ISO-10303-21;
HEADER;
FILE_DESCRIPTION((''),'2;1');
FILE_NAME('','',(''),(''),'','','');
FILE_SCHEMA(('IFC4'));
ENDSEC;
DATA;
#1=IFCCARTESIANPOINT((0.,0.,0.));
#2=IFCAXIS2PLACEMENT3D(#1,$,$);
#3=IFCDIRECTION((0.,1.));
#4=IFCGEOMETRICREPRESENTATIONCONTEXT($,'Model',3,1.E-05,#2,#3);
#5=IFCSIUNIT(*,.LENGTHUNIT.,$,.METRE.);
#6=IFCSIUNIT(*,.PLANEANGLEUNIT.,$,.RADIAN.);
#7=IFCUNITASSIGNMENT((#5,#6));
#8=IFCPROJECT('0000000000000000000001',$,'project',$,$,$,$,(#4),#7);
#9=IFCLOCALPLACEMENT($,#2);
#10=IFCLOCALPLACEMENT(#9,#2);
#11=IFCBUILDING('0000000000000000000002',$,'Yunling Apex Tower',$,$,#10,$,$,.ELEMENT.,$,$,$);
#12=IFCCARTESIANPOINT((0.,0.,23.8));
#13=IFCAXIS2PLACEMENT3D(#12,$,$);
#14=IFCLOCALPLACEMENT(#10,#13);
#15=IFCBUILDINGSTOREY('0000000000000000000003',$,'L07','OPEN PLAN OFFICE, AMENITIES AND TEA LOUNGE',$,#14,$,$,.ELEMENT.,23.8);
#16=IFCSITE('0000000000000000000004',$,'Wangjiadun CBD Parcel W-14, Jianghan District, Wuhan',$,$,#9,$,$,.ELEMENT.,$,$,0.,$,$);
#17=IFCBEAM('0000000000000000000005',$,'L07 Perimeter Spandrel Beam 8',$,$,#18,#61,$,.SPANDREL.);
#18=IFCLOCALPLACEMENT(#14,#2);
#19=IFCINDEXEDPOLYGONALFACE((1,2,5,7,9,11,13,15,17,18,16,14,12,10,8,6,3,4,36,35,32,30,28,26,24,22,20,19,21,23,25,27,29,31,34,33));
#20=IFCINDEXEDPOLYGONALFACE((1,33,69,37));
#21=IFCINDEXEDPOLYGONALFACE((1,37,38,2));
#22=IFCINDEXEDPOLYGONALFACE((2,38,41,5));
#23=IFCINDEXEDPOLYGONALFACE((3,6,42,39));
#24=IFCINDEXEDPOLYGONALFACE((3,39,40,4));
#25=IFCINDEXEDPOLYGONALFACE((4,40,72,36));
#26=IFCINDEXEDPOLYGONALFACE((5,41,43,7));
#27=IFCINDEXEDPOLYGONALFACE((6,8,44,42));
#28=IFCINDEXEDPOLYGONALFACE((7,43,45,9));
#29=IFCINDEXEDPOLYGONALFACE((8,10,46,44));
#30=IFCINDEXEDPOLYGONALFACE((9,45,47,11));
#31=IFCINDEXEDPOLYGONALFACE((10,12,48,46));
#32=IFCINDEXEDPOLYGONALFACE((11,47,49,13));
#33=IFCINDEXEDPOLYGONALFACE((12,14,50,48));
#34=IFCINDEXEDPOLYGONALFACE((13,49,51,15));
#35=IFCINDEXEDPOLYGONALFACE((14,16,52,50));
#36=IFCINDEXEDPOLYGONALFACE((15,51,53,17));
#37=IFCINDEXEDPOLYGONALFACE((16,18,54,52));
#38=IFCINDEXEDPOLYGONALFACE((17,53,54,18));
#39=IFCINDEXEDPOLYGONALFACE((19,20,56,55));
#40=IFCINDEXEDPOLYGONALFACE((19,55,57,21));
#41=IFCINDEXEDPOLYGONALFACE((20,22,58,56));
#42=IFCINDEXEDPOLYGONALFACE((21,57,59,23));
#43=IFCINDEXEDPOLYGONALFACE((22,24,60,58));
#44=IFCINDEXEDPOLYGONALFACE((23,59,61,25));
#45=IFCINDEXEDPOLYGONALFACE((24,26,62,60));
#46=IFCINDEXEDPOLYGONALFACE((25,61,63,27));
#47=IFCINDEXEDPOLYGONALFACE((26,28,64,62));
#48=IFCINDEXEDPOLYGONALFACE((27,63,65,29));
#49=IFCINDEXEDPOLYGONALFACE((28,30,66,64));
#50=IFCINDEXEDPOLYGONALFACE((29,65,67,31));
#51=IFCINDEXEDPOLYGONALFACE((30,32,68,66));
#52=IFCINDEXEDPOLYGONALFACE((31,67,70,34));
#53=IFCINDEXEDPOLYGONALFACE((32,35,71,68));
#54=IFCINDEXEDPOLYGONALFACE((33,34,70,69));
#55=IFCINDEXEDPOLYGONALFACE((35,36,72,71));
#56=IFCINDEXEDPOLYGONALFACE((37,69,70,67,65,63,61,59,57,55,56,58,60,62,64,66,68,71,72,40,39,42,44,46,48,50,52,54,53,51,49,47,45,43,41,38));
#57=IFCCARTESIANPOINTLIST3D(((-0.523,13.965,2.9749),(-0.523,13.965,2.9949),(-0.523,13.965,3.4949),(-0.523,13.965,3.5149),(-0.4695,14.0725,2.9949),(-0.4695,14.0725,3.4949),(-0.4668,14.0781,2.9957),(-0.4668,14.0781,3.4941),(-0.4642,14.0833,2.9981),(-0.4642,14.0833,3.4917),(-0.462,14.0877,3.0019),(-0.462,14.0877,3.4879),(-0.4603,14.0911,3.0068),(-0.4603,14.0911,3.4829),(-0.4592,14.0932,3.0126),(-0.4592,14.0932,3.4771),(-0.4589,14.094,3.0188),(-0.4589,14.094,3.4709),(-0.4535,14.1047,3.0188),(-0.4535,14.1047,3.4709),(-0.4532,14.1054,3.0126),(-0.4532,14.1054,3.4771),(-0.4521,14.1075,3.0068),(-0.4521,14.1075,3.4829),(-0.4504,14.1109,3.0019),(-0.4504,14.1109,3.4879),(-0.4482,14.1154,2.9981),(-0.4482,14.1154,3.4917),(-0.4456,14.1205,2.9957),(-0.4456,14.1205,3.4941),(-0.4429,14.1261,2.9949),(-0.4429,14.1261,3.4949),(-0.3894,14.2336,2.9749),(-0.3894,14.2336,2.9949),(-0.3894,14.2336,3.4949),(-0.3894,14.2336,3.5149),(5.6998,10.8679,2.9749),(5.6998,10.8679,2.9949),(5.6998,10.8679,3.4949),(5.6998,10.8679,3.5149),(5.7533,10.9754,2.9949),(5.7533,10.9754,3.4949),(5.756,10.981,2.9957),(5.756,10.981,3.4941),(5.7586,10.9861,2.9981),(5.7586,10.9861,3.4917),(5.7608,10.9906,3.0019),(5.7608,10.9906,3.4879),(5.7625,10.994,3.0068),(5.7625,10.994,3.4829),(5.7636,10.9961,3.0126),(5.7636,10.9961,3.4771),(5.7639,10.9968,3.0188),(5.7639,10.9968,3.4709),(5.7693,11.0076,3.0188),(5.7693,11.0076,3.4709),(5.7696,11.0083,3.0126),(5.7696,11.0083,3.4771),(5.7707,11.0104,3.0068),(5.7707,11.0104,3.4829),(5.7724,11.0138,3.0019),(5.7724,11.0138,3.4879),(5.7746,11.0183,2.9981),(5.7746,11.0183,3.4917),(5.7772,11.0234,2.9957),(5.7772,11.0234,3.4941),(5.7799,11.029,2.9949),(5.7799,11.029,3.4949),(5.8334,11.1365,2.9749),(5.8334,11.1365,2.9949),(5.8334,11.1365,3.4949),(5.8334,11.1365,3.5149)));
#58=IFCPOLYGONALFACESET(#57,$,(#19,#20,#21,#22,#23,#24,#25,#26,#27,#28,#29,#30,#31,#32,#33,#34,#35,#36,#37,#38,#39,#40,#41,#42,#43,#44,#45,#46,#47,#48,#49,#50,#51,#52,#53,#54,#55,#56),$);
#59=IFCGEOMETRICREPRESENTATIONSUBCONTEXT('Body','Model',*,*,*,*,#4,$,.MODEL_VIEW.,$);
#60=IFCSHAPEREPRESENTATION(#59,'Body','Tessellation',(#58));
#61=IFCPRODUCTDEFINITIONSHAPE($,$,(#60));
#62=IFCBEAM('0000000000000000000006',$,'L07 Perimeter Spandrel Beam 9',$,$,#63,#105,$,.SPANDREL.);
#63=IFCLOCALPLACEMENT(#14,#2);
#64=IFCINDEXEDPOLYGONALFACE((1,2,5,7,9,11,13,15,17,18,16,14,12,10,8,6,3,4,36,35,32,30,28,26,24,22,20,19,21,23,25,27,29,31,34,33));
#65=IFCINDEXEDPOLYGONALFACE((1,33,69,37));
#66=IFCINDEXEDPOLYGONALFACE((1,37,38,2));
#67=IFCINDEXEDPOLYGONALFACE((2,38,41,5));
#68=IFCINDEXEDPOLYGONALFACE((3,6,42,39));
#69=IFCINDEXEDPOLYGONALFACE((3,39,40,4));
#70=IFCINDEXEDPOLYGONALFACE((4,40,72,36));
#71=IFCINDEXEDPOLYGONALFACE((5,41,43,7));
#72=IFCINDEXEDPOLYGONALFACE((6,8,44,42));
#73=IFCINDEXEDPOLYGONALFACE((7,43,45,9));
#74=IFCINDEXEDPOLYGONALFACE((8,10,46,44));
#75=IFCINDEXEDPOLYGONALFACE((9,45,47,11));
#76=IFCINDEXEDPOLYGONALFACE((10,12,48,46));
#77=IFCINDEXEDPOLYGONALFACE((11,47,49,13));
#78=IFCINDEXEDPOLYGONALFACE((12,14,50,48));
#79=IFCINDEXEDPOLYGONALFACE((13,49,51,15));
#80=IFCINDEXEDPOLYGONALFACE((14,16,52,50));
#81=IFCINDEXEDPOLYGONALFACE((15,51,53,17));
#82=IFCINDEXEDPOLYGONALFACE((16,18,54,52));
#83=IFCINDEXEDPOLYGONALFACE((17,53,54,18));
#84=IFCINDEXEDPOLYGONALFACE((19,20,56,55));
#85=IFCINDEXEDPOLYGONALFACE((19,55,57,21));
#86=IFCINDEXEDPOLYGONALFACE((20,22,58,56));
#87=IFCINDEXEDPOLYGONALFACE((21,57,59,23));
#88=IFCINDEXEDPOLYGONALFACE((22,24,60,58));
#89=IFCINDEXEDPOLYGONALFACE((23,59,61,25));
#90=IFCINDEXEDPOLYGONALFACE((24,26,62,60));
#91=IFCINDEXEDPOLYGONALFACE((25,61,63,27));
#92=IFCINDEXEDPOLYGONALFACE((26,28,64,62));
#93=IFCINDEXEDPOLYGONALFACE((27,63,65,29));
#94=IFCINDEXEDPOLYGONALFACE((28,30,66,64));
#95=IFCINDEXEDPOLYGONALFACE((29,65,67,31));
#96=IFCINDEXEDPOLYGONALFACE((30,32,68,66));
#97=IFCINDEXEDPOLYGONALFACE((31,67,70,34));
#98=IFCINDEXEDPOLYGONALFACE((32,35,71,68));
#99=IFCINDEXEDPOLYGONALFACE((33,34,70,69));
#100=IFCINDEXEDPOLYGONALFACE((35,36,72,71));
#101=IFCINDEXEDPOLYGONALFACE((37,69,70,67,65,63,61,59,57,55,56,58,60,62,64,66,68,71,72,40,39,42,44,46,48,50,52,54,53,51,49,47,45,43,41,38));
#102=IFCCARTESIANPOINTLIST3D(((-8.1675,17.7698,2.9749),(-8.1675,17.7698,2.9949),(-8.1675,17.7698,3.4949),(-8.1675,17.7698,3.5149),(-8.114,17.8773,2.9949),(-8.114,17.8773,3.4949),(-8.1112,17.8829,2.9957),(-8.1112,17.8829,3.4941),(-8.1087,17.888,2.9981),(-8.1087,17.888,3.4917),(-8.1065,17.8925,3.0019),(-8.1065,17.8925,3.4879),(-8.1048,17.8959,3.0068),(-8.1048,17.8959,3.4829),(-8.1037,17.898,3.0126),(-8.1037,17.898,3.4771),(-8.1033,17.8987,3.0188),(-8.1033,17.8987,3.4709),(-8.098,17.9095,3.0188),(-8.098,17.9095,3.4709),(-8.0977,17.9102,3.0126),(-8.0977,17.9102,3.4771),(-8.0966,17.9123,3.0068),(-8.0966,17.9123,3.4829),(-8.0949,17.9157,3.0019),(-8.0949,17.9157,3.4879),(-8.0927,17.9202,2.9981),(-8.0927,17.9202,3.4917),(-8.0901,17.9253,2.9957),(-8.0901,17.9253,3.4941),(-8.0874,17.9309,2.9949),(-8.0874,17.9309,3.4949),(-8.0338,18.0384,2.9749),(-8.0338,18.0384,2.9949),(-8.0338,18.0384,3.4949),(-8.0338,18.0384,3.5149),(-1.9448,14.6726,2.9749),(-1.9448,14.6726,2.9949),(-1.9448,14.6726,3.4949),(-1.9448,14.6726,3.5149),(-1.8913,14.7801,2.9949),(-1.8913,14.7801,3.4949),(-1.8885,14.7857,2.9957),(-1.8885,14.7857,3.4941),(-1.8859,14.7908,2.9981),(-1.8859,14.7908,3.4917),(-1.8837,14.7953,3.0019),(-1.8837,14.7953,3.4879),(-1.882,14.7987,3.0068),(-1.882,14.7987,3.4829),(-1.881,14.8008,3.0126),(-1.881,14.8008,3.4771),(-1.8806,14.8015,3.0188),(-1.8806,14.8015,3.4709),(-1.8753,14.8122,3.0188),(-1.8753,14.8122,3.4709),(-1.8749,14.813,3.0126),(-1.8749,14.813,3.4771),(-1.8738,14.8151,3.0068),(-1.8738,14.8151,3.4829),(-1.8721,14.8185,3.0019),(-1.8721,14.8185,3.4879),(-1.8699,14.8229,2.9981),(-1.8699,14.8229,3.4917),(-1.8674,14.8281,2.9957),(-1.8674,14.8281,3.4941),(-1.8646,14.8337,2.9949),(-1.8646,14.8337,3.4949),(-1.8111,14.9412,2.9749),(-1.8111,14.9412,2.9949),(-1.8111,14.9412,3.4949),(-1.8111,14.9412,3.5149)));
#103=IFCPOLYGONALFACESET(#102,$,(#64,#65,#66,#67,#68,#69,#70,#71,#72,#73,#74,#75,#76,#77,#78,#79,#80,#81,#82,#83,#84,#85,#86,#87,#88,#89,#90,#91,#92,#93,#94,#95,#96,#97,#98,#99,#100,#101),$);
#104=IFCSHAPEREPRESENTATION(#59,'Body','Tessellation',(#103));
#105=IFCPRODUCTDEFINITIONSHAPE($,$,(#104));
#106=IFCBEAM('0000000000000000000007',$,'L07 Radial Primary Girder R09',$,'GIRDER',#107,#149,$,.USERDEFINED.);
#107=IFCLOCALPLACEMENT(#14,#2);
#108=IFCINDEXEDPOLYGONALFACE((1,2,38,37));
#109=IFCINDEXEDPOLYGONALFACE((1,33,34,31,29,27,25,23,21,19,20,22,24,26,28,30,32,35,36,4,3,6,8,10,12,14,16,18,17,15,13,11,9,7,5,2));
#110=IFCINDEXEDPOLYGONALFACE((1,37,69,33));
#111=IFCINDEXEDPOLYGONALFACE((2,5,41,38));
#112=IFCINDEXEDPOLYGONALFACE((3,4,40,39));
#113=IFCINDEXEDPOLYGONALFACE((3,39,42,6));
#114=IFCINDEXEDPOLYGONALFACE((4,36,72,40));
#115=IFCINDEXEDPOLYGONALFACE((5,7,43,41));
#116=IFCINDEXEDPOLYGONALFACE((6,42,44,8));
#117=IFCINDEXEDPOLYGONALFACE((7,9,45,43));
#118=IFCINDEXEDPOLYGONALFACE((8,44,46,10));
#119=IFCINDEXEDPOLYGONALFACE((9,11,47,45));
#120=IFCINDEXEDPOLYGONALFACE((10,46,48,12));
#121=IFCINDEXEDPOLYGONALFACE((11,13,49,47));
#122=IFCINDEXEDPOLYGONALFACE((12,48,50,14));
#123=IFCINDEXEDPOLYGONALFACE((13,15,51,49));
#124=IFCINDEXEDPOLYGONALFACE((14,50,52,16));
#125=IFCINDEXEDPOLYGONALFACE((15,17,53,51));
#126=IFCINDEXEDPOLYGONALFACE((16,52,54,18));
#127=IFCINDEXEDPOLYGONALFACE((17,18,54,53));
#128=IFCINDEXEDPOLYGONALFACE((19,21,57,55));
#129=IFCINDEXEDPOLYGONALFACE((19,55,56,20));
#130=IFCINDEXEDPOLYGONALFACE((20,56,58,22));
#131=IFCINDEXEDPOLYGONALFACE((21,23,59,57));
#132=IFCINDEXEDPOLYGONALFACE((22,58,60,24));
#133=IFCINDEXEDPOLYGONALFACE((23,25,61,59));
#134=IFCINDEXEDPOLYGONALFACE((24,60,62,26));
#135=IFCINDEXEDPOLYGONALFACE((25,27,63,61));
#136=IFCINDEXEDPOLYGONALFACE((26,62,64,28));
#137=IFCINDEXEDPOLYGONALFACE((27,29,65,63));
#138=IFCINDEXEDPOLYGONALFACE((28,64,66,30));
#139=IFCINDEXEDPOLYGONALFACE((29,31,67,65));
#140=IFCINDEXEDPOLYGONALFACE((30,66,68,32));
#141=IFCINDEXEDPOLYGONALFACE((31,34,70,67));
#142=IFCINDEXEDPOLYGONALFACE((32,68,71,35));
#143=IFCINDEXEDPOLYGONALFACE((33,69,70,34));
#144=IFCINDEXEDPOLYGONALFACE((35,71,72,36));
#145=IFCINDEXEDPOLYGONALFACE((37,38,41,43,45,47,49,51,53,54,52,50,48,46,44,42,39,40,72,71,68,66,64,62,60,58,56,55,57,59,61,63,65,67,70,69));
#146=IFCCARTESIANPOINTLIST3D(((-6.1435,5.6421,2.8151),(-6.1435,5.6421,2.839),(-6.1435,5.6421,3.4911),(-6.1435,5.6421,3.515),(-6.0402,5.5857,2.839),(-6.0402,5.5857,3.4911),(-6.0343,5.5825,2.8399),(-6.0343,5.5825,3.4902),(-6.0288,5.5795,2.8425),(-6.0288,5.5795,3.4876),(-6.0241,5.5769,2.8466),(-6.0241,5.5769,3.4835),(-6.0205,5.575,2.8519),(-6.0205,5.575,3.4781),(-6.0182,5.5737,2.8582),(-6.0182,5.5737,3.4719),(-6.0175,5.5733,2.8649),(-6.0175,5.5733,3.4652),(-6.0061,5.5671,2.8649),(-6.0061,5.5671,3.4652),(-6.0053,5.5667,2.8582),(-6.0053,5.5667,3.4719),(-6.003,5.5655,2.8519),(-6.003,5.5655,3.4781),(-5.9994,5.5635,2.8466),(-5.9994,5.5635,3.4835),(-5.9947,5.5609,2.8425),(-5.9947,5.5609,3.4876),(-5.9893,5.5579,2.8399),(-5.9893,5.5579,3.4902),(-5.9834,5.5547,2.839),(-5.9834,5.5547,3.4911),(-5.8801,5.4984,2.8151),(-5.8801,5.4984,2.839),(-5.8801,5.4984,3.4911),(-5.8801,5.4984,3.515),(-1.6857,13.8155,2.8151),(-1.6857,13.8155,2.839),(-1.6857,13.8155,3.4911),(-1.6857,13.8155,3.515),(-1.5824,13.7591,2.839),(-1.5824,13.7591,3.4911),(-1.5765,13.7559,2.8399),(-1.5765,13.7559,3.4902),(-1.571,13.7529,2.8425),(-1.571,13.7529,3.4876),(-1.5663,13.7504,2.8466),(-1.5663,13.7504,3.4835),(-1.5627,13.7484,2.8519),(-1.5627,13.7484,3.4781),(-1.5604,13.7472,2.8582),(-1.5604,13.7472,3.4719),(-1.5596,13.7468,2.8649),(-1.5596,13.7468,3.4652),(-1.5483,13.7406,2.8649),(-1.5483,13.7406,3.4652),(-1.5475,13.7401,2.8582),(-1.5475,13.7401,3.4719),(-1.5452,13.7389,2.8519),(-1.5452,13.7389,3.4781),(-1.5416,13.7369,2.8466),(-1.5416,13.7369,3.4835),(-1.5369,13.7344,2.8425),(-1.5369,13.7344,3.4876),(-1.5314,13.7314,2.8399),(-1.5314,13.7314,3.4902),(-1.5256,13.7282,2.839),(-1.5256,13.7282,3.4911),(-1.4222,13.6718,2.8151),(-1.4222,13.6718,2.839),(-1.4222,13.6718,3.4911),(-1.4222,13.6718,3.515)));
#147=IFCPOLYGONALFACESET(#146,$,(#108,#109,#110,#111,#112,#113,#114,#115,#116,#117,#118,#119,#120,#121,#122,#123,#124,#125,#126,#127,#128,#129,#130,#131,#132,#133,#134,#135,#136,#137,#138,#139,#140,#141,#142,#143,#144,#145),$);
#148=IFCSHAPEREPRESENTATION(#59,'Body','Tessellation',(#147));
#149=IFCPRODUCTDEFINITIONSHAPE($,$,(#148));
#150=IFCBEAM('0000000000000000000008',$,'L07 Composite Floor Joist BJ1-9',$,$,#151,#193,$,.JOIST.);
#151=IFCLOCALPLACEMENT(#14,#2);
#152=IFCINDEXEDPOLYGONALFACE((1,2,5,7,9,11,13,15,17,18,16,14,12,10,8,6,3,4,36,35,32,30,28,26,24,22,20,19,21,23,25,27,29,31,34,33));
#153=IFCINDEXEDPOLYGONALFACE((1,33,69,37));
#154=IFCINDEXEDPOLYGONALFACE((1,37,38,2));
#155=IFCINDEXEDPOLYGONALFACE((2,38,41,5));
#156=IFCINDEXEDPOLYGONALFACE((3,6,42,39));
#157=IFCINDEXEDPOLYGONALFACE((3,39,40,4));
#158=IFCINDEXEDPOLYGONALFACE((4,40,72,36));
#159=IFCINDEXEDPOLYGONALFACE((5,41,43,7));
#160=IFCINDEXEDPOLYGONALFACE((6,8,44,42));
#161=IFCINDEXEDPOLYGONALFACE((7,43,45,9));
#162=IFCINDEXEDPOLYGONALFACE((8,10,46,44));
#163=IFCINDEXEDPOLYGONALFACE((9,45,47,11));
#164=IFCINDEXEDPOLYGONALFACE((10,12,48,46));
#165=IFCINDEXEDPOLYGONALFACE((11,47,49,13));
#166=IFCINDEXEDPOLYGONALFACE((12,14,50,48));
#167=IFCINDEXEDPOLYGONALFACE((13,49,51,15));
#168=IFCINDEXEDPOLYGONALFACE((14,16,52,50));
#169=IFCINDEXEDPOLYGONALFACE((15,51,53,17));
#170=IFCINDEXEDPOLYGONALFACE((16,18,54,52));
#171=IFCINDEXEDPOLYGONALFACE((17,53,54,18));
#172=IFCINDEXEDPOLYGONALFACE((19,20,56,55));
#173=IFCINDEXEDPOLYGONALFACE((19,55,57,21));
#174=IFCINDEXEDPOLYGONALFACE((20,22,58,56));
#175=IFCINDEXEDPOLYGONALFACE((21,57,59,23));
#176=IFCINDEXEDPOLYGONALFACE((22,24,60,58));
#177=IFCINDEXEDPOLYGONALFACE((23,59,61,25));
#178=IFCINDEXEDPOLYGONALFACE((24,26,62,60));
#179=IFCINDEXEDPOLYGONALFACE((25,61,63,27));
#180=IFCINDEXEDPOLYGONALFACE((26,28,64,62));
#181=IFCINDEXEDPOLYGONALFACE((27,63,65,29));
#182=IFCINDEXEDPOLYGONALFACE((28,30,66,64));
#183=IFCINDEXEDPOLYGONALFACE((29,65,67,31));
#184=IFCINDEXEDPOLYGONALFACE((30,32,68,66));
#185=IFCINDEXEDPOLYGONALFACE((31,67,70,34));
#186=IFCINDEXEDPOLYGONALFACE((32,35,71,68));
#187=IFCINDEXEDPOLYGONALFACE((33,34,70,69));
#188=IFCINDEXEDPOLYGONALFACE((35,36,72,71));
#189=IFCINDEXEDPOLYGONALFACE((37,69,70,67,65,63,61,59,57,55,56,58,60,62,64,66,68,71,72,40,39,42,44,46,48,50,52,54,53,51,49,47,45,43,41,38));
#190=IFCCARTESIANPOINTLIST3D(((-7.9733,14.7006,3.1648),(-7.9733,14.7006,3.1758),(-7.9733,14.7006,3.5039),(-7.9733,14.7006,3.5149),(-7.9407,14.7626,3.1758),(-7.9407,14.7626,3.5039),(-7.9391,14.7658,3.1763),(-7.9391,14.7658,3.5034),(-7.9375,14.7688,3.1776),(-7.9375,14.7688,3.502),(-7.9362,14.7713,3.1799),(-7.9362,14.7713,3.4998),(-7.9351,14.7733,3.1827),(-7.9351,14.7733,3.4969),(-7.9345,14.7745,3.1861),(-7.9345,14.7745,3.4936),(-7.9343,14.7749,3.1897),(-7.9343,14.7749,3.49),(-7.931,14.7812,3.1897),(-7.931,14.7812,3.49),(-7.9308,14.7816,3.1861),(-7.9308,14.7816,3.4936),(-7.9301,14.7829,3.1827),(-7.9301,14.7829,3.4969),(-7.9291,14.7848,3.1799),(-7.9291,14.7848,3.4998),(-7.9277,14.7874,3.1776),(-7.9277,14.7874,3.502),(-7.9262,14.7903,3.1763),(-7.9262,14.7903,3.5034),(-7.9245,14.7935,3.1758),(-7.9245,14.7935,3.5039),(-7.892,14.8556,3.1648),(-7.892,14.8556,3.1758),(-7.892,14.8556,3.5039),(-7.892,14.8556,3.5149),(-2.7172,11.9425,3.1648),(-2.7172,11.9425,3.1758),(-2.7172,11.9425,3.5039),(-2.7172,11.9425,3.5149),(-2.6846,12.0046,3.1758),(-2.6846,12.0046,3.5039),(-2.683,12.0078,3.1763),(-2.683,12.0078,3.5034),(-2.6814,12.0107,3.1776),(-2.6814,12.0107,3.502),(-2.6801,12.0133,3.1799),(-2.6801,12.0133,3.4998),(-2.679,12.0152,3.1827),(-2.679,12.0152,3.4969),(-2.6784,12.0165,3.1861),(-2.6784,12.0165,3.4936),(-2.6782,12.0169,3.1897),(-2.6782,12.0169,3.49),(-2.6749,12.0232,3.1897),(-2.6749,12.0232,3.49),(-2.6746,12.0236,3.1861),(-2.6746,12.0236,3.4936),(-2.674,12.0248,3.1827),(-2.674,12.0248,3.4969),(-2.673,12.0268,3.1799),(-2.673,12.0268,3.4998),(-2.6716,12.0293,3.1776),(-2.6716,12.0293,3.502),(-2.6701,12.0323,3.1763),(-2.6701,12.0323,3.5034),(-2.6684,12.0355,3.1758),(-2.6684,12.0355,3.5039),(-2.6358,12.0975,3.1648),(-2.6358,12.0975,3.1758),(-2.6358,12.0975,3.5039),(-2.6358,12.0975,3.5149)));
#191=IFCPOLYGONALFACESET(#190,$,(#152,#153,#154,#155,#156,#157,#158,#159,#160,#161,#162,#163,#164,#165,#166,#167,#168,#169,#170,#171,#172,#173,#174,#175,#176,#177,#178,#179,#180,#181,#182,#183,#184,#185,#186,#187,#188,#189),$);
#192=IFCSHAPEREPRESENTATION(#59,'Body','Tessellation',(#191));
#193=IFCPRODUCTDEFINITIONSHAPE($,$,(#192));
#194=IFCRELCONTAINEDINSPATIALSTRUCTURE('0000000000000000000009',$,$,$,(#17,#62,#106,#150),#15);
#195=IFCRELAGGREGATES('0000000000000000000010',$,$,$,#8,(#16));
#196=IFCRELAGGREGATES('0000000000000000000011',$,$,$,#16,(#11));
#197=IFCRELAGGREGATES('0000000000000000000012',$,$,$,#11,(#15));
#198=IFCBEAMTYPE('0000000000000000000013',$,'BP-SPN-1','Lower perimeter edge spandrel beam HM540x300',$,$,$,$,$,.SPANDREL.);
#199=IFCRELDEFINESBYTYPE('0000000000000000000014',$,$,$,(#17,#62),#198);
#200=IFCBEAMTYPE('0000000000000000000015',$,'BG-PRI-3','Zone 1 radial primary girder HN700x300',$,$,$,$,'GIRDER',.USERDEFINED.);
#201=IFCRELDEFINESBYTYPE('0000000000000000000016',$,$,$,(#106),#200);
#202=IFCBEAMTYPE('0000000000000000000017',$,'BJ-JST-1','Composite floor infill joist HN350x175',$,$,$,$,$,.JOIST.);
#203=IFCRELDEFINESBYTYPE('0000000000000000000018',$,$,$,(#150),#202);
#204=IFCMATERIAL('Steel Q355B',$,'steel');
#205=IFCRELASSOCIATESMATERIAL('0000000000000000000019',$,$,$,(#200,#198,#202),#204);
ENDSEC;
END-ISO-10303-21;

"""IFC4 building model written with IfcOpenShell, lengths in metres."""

from ifc_helpers import new_model, si_unit, direction, frame, origin, origin_2d, place, context, subcontext, project, spatial, i_section, extrude, source, transform, mapped, material, material_profile, profile_set, type_object, element, save


model = new_model("IFC4")

# Units and contexts
model_context = context("Model", 3, precision=1e-05, world=origin(), true_north=direction((0.0, 1.0)))
body_context = subcontext(model_context, "Body", "Model", "MODEL_VIEW")
ifc_project = project(units=[si_unit("LENGTHUNIT", "METRE"), si_unit("PLANEANGLEUNIT", "RADIAN")], contexts=[model_context])

# Site, building, storey
site_placement = place(None, origin())
site = spatial("IfcSite", under=ifc_project, at=site_placement, Name="Wangjiadun CBD Parcel W-14, Jianghan District, Wuhan", CompositionType="ELEMENT", RefElevation=0.0)
building_placement = place(site_placement, origin())
building = spatial("IfcBuilding", under=site, at=building_placement, Name="Yunling Apex Tower", CompositionType="ELEMENT")
storey_placement = place(building_placement, frame((0.0, 0.0, 23.8)))
storey = spatial("IfcBuildingStorey", under=building, at=storey_placement, Name="L07", Description="OPEN PLAN OFFICE, AMENITIES AND TEA LOUNGE", CompositionType="ELEMENT", Elevation=23.8)

# Beams
ifc_material_1 = material(Name="Steel Q355B", Category="steel")
ifc_material_profile_1 = material_profile(ifc_material_1, i_section(OverallWidth=0.3, OverallDepth=0.7, WebThickness=0.0129, FlangeThickness=0.0239, FilletRadius=0.0259, at=origin_2d()))
ifc_profile_set_1 = profile_set([ifc_material_profile_1], Name="Steel Q355B")
beam_type_1 = type_object("IfcBeamType", Name="BG-PRI-3", Description="Zone 1 radial primary girder HN700x300", ElementType="GIRDER", PredefinedType="USERDEFINED", material=ifc_profile_set_1)
ifc_material_profile_2 = material_profile(ifc_material_1, i_section(OverallWidth=0.3, OverallDepth=0.54, WebThickness=0.012, FlangeThickness=0.02, FilletRadius=0.0239, at=origin_2d()))
ifc_profile_set_2 = profile_set([ifc_material_profile_2], Name="Steel Q355B")
beam_type_2 = type_object("IfcBeamType", Name="BP-SPN-1", Description="Lower perimeter edge spandrel beam HM540x300", PredefinedType="SPANDREL", material=ifc_profile_set_2)
shared_shape_1 = source(origin(), body_context, "Body", "SweptSolid", [
    extrude(i_section(OverallWidth=0.3, OverallDepth=0.54, WebThickness=0.012, FlangeThickness=0.02, FilletRadius=0.0239, at=origin_2d()), origin(), (0.0, 0.0, 1.0), 6.9509),
])
for number, where, z_axis, x_axis, name in (
    (1, (5.7666, 11.0022, 3.2449), (-0.895248, 0.445569, 0.0), (-0.445569, -0.895248, 0.0), "L07 Perimeter Spandrel Beam 8"),
    (2, (-1.8779, 14.8069, 3.2449), (-0.895241, 0.445583, 0.0), (-0.445583, -0.895241, 0.0), "L07 Perimeter Spandrel Beam 9"),
):
    element("IfcBeam", number, at=place(storey_placement, frame(where, z_axis=z_axis, x_axis=x_axis)), inside=storey, type_object=beam_type_2, Name=name, PredefinedType="SPANDREL", context=body_context, shape_type="MappedRepresentation", body=[
        mapped(shared_shape_1, transform((0.0, 0.0, 0.0), scale=1.0)),
    ])
shared_shape_2 = source(origin(), body_context, "Body", "SweptSolid", [
    extrude(i_section(OverallWidth=0.3, OverallDepth=0.7, WebThickness=0.0129, FlangeThickness=0.0239, FilletRadius=0.0259, at=origin_2d()), origin(), (0.0, 0.0, 1.0), 9.3101),
])
beam_1_placement = place(storey_placement, frame((-1.554, 13.7437, 3.165), z_axis=(-0.478817, -0.877915, 0.0), x_axis=(0.877915, -0.478817, 0.0)))
element("IfcBeam", 3, at=beam_1_placement, inside=storey, type_object=beam_type_1, Name="L07 Radial Primary Girder R09", ObjectType="GIRDER", PredefinedType="USERDEFINED", context=body_context, shape_type="MappedRepresentation", body=[
    mapped(shared_shape_2, transform((0.0, 0.0, 0.0), scale=1.0)),
])
ifc_material_profile_3 = material_profile(ifc_material_1, i_section(OverallWidth=0.175, OverallDepth=0.3501, WebThickness=0.0071, FlangeThickness=0.011, FilletRadius=0.0139, at=origin_2d()))
ifc_profile_set_3 = profile_set([ifc_material_profile_3], Name="Steel Q355B")
beam_type_3 = type_object("IfcBeamType", Name="BJ-JST-1", Description="Composite floor infill joist HN350x175", PredefinedType="JOIST", material=ifc_profile_set_3)
shared_shape_3 = source(origin(), body_context, "Body", "SweptSolid", [
    extrude(i_section(OverallWidth=0.175, OverallDepth=0.3501, WebThickness=0.0071, FlangeThickness=0.011, FilletRadius=0.0139, at=origin_2d()), origin(), (0.0, 0.0, 1.0), 5.9358),
])
beam_2_placement = place(storey_placement, frame((-2.6765, 12.02, 3.3398), z_axis=(-0.885495, 0.464649, 0.0), x_axis=(-0.464649, -0.885495, 0.0)))
element("IfcBeam", 4, at=beam_2_placement, inside=storey, type_object=beam_type_3, Name="L07 Composite Floor Joist BJ1-9", PredefinedType="JOIST", context=body_context, shape_type="MappedRepresentation", body=[
    mapped(shared_shape_3, transform((0.0, 0.0, 0.0), scale=1.0)),
])

save(model, "model.ifc")
